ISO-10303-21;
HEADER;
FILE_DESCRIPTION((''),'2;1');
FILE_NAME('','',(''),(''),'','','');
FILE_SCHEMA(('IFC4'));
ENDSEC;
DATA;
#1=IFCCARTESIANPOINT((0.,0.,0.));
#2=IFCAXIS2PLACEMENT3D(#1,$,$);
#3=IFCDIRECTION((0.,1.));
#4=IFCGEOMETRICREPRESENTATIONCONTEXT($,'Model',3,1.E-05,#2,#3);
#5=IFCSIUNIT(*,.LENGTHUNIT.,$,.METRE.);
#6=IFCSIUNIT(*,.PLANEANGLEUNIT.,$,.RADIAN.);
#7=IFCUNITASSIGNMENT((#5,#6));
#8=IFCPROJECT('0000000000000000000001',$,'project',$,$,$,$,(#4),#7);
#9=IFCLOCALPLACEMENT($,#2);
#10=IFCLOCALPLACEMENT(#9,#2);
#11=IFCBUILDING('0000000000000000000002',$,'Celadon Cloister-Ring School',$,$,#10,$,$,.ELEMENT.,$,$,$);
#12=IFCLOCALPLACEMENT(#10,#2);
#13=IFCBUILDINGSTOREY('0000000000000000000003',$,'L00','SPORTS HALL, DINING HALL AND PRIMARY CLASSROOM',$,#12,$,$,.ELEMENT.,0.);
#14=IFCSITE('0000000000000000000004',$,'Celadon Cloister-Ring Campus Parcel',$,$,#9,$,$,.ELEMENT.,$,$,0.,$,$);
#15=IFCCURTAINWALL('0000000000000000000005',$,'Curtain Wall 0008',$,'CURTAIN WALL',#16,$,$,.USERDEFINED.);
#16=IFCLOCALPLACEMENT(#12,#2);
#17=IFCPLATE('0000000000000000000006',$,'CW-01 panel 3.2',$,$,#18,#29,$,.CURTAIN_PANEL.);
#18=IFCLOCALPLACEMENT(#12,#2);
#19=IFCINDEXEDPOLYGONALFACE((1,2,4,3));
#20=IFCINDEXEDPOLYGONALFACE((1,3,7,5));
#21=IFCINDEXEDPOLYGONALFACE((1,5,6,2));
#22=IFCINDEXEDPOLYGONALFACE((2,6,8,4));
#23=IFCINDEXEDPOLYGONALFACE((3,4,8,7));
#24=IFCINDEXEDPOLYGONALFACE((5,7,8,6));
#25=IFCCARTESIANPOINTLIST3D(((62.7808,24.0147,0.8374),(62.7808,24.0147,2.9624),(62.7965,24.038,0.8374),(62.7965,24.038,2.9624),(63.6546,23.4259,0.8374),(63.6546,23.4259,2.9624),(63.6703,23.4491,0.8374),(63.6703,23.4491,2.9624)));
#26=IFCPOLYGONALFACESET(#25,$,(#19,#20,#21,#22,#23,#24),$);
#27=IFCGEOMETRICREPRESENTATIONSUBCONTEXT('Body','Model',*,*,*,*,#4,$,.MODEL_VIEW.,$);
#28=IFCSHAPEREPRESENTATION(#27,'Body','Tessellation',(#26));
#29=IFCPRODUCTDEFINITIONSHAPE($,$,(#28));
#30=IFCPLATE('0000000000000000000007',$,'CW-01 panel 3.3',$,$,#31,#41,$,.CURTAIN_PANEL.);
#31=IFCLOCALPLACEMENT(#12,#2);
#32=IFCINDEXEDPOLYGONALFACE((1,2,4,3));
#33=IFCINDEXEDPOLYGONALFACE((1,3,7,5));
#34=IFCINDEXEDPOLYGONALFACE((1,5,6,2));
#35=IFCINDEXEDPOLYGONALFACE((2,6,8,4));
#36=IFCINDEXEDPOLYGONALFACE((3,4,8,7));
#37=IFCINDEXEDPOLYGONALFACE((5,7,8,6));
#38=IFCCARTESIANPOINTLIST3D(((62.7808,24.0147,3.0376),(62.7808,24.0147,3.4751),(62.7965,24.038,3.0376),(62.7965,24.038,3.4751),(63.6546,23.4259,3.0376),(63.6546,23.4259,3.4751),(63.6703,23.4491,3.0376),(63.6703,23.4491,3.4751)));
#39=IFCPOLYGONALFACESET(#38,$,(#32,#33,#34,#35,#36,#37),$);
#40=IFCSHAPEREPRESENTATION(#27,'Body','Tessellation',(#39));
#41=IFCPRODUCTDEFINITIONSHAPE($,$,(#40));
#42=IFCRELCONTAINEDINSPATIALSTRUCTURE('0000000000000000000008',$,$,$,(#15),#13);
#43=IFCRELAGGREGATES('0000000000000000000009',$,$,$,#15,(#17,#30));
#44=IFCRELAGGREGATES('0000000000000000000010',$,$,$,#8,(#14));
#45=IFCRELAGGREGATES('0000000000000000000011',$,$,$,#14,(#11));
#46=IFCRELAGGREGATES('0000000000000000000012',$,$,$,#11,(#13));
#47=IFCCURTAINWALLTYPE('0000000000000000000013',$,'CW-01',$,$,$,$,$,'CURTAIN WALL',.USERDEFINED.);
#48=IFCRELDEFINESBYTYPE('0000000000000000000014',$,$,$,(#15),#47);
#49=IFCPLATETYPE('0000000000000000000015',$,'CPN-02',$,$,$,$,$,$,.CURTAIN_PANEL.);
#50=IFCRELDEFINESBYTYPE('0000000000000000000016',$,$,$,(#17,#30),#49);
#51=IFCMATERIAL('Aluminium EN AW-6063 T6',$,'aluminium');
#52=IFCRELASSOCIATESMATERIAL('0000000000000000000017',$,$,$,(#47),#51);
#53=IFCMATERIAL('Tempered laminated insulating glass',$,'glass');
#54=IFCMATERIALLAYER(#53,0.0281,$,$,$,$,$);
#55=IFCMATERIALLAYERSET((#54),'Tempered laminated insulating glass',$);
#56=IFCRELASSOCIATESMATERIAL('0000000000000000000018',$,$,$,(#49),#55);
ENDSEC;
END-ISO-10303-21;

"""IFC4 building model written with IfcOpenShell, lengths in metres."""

from ifc_helpers import new_model, si_unit, direction, frame, origin, origin_2d, place, context, subcontext, project, spatial, rectangle, extrude, material, layer, layer_set, type_object, element, aggregate, save


model = new_model("IFC4")

# Units and contexts
model_context = context("Model", 3, precision=1e-05, world=origin(), true_north=direction((0.0, 1.0)))
body_context = subcontext(model_context, "Body", "Model", "MODEL_VIEW")
ifc_project = project(units=[si_unit("LENGTHUNIT", "METRE"), si_unit("PLANEANGLEUNIT", "RADIAN")], contexts=[model_context])

# Site, building, storey
site_placement = place(None, origin())
site = spatial("IfcSite", under=ifc_project, at=site_placement, Name="Celadon Cloister-Ring Campus Parcel", CompositionType="ELEMENT", RefElevation=0.0)
building_placement = place(site_placement, origin())
building = spatial("IfcBuilding", under=site, at=building_placement, Name="Celadon Cloister-Ring School", CompositionType="ELEMENT")
storey_placement = place(building_placement, origin())
storey = spatial("IfcBuildingStorey", under=building, at=storey_placement, Name="L00", Description="SPORTS HALL, DINING HALL AND PRIMARY CLASSROOM", CompositionType="ELEMENT", Elevation=0.0)

# Curtain wall
ifc_material_1 = material(Name="Aluminium EN AW-6063 T6", Category="aluminium")
curtain_wall_type = type_object("IfcCurtainWallType", Name="CW-01", ElementType="CURTAIN WALL", PredefinedType="USERDEFINED", material=ifc_material_1)
curtain_wall_placement = place(storey_placement, origin())
curtain_wall = element("IfcCurtainWall", 1, at=curtain_wall_placement, inside=storey, type_object=curtain_wall_type, Name="Curtain Wall 0008", ObjectType="CURTAIN WALL", PredefinedType="USERDEFINED")

# Plates
ifc_material_2 = material(Name="Tempered laminated insulating glass", Category="glass")
ifc_layer = layer(ifc_material_2, 0.0281)
ifc_layer_set = layer_set([ifc_layer], Name="Tempered laminated insulating glass")
plate_type = type_object("IfcPlateType", Name="CPN-02", PredefinedType="CURTAIN_PANEL", material=ifc_layer_set)
plate_1_placement = place(storey_placement, frame((63.2256, 23.7319, 0.8374), z_axis=(0.0, 0.0, 1.0), x_axis=(0.829272, -0.558846, 0.0)))
plate_1 = element("IfcPlate", 2, at=plate_1_placement, type_object=plate_type, Name="CW-01 panel 3.2", PredefinedType="CURTAIN_PANEL", context=body_context, shape_type="SweptSolid", body=[
    extrude(rectangle(XDim=1.0537, YDim=0.0281, at=origin_2d()), origin(), (0.0, 0.0, 1.0), 2.125),
])
plate_2_placement = place(storey_placement, frame((63.2256, 23.7319, 3.0376), z_axis=(0.0, 0.0, 1.0), x_axis=(0.829272, -0.558846, 0.0)))
plate_2 = element("IfcPlate", 3, at=plate_2_placement, type_object=plate_type, Name="CW-01 panel 3.3", PredefinedType="CURTAIN_PANEL", context=body_context, shape_type="SweptSolid", body=[
    extrude(rectangle(XDim=1.0537, YDim=0.0281, at=origin_2d()), origin(), (0.0, 0.0, 1.0), 0.4375),
])
aggregate(curtain_wall, [plate_1, plate_2])

save(model, "model.ifc")
